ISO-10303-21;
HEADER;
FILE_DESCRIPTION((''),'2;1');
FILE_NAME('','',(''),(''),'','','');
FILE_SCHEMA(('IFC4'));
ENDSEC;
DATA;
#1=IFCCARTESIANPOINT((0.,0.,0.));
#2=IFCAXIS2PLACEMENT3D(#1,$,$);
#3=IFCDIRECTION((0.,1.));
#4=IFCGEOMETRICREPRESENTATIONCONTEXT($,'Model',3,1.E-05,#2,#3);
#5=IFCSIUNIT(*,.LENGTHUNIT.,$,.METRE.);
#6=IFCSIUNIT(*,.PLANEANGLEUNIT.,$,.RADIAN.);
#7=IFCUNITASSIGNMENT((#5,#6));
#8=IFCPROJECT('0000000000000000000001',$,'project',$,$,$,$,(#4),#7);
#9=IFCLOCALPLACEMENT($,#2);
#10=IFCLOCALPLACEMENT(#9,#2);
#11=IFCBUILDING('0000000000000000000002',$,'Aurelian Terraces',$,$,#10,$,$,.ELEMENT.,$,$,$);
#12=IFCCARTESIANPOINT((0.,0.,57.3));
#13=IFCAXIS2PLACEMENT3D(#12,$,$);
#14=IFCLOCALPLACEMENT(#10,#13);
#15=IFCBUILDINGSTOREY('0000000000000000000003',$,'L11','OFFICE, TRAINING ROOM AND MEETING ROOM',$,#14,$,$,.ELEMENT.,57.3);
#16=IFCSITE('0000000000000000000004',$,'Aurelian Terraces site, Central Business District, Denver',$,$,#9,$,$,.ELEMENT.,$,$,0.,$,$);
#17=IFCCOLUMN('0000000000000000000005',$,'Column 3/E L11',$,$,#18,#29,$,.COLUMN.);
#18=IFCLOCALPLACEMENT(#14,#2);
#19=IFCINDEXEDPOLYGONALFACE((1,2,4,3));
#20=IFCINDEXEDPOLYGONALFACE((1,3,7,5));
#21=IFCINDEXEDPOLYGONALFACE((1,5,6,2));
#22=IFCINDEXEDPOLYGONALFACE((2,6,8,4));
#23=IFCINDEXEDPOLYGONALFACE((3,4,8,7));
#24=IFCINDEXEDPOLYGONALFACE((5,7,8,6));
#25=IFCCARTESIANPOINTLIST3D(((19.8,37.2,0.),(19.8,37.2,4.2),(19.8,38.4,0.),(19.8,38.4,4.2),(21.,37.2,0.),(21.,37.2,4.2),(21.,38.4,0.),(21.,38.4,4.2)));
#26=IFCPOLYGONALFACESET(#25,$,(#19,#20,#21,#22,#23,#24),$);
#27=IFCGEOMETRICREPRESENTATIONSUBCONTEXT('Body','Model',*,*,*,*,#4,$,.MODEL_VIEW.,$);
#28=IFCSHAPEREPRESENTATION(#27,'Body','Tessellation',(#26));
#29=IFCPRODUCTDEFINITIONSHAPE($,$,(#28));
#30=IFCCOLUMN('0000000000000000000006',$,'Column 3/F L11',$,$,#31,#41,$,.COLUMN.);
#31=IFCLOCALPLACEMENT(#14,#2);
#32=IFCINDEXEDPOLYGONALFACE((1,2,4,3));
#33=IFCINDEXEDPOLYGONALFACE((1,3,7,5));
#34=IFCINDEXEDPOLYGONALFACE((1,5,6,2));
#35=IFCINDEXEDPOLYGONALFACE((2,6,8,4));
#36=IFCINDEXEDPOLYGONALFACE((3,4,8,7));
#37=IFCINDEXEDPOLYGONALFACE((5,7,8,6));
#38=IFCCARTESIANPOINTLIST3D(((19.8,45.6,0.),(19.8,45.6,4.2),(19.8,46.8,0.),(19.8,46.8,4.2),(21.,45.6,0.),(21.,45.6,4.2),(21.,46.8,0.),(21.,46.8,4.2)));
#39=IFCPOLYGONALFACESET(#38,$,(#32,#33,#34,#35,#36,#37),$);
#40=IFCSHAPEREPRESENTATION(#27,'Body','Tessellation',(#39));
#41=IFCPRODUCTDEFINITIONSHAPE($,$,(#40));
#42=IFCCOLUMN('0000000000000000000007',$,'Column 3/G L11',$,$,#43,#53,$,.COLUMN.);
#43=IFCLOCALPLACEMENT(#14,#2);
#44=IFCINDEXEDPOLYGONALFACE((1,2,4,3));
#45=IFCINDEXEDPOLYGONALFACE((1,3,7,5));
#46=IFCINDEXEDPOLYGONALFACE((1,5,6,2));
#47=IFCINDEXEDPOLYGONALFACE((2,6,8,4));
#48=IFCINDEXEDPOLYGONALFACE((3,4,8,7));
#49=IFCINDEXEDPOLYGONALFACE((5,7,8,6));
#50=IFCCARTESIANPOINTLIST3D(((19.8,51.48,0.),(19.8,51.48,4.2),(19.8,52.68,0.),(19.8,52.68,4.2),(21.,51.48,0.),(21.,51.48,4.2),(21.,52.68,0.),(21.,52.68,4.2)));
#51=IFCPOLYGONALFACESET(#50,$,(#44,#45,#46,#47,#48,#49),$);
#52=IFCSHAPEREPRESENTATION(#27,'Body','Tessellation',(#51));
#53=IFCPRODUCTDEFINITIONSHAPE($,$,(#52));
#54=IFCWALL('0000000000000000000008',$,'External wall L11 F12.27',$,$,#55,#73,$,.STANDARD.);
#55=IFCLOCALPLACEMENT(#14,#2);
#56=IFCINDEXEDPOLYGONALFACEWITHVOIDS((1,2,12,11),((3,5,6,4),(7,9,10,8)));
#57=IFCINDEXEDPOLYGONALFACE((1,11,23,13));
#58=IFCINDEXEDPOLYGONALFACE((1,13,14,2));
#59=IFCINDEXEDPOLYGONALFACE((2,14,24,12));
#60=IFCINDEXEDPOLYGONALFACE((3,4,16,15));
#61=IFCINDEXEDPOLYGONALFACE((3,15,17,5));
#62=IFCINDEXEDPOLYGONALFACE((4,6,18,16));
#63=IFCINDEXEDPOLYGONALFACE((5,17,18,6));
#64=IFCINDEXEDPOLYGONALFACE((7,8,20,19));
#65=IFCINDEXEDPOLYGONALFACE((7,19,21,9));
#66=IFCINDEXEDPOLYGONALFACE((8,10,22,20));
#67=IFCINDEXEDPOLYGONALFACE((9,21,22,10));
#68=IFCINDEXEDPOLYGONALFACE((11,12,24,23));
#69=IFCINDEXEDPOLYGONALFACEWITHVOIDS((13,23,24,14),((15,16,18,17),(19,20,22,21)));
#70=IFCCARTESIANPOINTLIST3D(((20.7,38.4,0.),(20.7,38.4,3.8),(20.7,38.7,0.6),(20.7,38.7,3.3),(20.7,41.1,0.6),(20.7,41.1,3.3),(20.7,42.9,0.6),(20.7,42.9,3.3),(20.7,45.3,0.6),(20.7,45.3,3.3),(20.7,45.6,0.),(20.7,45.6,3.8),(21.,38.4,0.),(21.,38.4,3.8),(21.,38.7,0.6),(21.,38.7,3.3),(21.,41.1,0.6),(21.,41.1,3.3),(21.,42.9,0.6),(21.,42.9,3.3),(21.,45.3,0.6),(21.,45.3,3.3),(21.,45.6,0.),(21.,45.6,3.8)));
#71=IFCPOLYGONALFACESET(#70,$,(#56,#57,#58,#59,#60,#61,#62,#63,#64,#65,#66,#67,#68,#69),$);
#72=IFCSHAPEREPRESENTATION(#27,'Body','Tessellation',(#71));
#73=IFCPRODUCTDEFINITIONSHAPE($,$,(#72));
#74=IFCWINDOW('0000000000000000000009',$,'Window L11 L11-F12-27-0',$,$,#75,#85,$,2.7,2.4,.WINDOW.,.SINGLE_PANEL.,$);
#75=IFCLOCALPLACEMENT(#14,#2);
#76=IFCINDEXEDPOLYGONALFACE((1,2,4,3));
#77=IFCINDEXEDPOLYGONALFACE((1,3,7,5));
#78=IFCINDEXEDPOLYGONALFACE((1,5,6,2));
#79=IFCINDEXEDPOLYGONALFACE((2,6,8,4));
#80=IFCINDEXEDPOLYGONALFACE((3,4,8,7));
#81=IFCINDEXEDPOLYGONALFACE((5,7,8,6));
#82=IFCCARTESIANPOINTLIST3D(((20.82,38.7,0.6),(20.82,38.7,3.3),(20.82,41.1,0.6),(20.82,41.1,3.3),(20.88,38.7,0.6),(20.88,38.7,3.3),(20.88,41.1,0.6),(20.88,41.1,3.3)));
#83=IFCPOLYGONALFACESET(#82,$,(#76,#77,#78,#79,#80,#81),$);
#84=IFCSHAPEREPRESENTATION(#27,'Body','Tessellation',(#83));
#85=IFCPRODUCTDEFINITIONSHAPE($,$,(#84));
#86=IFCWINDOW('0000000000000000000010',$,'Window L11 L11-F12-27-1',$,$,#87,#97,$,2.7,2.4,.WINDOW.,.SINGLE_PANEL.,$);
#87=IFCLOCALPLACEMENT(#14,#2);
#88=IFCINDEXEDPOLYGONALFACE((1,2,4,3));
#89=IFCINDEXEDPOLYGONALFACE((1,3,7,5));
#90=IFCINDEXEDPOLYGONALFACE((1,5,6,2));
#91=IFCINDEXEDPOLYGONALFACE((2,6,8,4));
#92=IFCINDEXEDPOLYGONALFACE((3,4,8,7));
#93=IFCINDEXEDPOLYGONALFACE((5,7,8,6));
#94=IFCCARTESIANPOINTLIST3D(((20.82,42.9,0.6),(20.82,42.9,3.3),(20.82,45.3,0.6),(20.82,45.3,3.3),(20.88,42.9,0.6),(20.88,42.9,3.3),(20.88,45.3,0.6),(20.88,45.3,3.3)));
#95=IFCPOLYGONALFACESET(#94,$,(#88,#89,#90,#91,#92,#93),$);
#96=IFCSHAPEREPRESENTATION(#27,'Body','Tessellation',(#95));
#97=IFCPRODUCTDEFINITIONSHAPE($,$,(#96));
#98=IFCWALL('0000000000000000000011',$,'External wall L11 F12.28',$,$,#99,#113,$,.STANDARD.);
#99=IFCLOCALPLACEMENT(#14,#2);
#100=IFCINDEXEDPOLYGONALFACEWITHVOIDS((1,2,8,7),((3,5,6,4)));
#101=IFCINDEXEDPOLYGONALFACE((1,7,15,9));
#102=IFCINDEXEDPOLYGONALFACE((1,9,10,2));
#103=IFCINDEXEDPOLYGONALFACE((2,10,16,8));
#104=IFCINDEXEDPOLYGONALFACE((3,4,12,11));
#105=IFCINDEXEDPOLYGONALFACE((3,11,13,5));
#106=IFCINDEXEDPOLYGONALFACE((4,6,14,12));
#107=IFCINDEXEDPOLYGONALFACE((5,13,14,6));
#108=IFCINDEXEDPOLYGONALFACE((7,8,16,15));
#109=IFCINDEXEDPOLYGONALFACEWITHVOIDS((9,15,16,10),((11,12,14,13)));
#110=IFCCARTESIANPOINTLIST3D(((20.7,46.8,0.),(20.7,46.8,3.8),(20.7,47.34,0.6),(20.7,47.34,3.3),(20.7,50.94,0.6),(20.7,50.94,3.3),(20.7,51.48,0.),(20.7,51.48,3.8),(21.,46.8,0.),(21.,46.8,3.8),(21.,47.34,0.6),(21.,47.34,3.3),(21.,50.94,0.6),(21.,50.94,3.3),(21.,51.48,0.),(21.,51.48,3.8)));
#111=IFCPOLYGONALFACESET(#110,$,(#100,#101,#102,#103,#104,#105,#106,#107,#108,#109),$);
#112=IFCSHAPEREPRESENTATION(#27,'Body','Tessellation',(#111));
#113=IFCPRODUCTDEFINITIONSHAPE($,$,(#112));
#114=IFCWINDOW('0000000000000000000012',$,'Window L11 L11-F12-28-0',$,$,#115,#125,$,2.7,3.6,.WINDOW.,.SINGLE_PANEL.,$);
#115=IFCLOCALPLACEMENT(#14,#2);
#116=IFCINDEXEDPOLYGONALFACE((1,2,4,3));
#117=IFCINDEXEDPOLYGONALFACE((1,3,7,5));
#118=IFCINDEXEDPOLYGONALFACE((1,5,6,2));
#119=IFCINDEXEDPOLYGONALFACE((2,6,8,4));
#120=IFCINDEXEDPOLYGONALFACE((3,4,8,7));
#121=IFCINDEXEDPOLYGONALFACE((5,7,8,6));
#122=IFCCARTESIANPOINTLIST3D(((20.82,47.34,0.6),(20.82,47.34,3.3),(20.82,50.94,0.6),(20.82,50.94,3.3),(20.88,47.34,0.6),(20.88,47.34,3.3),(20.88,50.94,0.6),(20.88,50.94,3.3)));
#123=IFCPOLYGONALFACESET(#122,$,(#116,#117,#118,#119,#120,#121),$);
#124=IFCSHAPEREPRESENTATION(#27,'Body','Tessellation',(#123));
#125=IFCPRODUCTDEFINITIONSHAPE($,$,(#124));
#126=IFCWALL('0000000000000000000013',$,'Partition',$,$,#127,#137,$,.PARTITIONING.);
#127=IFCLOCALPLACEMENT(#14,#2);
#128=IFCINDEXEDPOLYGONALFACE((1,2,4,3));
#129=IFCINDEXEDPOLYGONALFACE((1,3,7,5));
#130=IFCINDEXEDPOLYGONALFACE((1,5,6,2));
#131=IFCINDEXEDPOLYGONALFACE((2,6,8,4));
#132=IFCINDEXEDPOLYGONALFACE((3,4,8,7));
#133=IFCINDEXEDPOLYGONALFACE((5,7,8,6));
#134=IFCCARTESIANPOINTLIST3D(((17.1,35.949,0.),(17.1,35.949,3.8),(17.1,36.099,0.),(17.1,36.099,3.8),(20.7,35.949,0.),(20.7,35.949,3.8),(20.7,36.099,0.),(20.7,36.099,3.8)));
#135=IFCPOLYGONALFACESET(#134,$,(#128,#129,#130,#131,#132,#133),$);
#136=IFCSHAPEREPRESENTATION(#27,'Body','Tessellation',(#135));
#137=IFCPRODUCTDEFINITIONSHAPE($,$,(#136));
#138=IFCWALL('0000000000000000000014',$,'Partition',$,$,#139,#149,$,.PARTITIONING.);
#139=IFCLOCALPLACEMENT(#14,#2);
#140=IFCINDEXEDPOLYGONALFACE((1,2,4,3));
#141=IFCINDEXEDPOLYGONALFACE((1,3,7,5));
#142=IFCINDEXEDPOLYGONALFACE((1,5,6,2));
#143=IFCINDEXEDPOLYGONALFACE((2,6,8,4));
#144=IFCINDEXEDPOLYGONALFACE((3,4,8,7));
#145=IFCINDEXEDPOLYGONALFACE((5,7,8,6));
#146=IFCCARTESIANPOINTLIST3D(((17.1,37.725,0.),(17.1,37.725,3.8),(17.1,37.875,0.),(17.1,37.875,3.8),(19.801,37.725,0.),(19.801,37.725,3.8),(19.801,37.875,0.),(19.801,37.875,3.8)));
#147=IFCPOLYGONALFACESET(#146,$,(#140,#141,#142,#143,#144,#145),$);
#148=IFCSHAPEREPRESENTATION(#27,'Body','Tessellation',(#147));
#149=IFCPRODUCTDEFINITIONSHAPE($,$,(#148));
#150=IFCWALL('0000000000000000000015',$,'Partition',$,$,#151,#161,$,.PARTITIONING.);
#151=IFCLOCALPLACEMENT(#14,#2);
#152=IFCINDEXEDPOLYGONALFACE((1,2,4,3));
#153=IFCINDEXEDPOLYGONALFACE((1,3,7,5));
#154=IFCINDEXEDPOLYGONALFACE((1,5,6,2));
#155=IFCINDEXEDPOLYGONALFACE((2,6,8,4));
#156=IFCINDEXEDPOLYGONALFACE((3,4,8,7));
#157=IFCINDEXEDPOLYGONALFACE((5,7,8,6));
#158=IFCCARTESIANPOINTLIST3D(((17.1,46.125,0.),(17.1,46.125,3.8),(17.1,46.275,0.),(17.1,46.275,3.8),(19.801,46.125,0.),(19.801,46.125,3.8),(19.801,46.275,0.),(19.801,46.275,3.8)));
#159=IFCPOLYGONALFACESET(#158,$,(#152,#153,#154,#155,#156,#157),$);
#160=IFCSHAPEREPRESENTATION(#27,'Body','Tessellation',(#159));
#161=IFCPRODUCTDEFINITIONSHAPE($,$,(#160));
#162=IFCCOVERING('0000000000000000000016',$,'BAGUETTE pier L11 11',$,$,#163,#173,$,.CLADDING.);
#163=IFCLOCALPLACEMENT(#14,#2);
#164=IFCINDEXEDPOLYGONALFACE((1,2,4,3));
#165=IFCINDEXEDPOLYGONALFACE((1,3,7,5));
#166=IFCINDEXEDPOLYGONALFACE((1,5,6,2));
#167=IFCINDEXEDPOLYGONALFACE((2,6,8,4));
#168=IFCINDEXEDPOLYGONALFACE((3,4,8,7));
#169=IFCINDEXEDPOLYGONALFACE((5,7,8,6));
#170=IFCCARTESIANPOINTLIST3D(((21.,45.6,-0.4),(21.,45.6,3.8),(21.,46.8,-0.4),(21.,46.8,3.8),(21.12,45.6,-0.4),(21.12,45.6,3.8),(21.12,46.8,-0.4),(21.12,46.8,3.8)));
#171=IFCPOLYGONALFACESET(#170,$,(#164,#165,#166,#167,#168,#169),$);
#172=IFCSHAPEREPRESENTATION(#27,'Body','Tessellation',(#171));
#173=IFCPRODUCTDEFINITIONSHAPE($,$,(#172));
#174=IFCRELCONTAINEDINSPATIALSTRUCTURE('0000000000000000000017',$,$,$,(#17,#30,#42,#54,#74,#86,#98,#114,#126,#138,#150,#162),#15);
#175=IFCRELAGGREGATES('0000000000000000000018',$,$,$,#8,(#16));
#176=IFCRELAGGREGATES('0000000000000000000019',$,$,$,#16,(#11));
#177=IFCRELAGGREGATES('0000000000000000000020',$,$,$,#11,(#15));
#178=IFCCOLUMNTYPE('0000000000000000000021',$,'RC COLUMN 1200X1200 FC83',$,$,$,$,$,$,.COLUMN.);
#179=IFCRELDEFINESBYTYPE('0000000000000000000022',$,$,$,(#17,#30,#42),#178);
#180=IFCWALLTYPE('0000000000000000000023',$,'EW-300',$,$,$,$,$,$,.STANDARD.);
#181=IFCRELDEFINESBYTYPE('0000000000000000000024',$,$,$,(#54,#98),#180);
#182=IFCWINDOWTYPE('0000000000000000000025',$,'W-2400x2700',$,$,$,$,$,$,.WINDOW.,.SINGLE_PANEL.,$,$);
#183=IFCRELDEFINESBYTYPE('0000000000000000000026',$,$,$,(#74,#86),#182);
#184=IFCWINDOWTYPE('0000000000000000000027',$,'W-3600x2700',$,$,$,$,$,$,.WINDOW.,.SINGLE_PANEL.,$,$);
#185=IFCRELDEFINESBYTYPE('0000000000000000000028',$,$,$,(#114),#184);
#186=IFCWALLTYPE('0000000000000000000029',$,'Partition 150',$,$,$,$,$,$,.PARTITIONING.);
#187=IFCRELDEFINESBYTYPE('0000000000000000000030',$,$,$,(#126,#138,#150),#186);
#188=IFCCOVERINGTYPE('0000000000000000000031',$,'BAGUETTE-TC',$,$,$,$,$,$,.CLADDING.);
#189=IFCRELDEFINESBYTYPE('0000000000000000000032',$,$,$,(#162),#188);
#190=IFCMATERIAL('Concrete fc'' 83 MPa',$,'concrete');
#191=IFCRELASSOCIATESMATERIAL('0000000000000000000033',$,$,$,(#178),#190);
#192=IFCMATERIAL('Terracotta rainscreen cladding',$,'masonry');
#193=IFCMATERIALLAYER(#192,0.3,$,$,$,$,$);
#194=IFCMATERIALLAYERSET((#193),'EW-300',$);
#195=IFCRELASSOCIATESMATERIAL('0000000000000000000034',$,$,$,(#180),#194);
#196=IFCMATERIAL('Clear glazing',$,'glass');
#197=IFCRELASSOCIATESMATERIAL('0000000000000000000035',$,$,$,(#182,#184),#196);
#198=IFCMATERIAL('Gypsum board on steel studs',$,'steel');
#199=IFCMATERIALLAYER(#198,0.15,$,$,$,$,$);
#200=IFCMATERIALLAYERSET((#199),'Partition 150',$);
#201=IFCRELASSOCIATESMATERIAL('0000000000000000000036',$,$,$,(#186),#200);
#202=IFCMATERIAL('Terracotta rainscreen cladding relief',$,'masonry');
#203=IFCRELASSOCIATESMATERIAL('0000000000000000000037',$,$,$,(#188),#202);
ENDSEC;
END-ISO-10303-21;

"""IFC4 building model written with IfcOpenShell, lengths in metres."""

from ifc_helpers import new_model, si_unit, direction, frame, frame_2d, origin, origin_2d, place, context, subcontext, project, spatial, rectangle, extrude, source, transform, mapped, material, layer, layer_set, material_profile, profile_set, type_object, element, fill, save


model = new_model("IFC4")

# Units and contexts
model_context = context("Model", 3, precision=1e-05, world=origin(), true_north=direction((0.0, 1.0)))
body_context = subcontext(model_context, "Body", "Model", "MODEL_VIEW")
ifc_project = project(units=[si_unit("LENGTHUNIT", "METRE"), si_unit("PLANEANGLEUNIT", "RADIAN")], contexts=[model_context])

# Site, building, storey
site_placement = place(None, origin())
site = spatial("IfcSite", under=ifc_project, at=site_placement, Name="Aurelian Terraces site, Central Business District, Denver", CompositionType="ELEMENT", RefElevation=0.0)
building_placement = place(site_placement, origin())
building = spatial("IfcBuilding", under=site, at=building_placement, Name="Aurelian Terraces", CompositionType="ELEMENT")
storey_placement = place(building_placement, frame((0.0, 0.0, 57.3)))
storey = spatial("IfcBuildingStorey", under=building, at=storey_placement, Name="L11", Description="OFFICE, TRAINING ROOM AND MEETING ROOM", CompositionType="ELEMENT", Elevation=57.3)

# Columns
ifc_material_1 = material(Name="Concrete fc' 83 MPa", Category="concrete")
ifc_material_profile = material_profile(ifc_material_1, rectangle(XDim=1.2, YDim=1.2, at=origin_2d()))
ifc_profile_set = profile_set([ifc_material_profile], Name="Concrete fc' 83 MPa")
column_type = type_object("IfcColumnType", Name="RC COLUMN 1200X1200 FC83", PredefinedType="COLUMN", material=ifc_profile_set)
shared_shape_1 = source(origin(), body_context, "Body", "SweptSolid", [
    extrude(rectangle(XDim=1.2, YDim=1.2, at=origin_2d()), origin(), (0.0, 0.0, 1.0), 4.2),
])
for number, where, z_axis, x_axis, name in (
    (1, (20.4, 37.8, 0.0), (0.0, 0.0, 1.0), (1.0, 0.0, 0.0), "Column 3/E L11"),
    (2, (20.4, 46.2, 0.0), (0.0, 0.0, 1.0), (1.0, 0.0, 0.0), "Column 3/F L11"),
    (3, (20.4, 52.08, 0.0), (0.0, 0.0, 1.0), (1.0, 0.0, 0.0), "Column 3/G L11"),
):
    element("IfcColumn", number, at=place(storey_placement, frame(where, z_axis=z_axis, x_axis=x_axis)), inside=storey, type_object=column_type, Name=name, PredefinedType="COLUMN", context=body_context, shape_type="MappedRepresentation", body=[
        mapped(shared_shape_1, transform((0.0, 0.0, 0.0), scale=1.0)),
    ])

# Wall, openings, windows
ifc_material_2 = material(Name="Terracotta rainscreen cladding", Category="masonry")
ifc_layer_1 = layer(ifc_material_2, 0.3)
ifc_layer_set_1 = layer_set([ifc_layer_1], Name="EW-300")
wall_type_1 = type_object("IfcWallType", Name="EW-300", PredefinedType="STANDARD", material=ifc_layer_set_1)
shared_shape_2 = source(origin(), body_context, "Body", "SweptSolid", [
    extrude(rectangle(XDim=7.2, YDim=0.3, at=frame_2d((3.6, 0.0))), origin(), (0.0, 0.0, 1.0), 3.8),
])
wall_1_placement = place(storey_placement, frame((20.85, 38.4, 0.0), z_axis=(0.0, 0.0, 1.0), x_axis=(0.0, 1.0, 0.0)))
wall_1 = element("IfcWall", 4, at=wall_1_placement, inside=storey, type_object=wall_type_1, Name="External wall L11 F12.27", PredefinedType="STANDARD", context=body_context, shape_type="MappedRepresentation", body=[
    mapped(shared_shape_2, transform((0.0, 0.0, 0.0), scale=1.0)),
])
shared_shape_3 = source(origin(), body_context, "Body", "SweptSolid", [
    extrude(rectangle(XDim=2.4, YDim=2.7, at=frame_2d((1.2, 1.35))), frame((0.0, 0.16, 0.0), z_axis=(0.0, -1.0, 0.0), x_axis=(1.0, 0.0, 0.0)), (0.0, 0.0, 1.0), 0.32),
])
opening_1_placement = place(wall_1_placement, frame((0.3, 0.0, 0.6)))
opening_1 = element("IfcOpeningElement", 5, at=opening_1_placement, cuts=wall_1, PredefinedType="OPENING", context=body_context, shape_type="MappedRepresentation", body=[
    mapped(shared_shape_3, transform((0.0, 0.0, 0.0), scale=1.0)),
])
opening_2_placement = place(wall_1_placement, frame((4.5, 0.0, 0.6)))
opening_2 = element("IfcOpeningElement", 6, at=opening_2_placement, cuts=wall_1, PredefinedType="OPENING", context=body_context, shape_type="MappedRepresentation", body=[
    mapped(shared_shape_3, transform((0.0, 0.0, 0.0), scale=1.0)),
])
ifc_material_3 = material(Name="Clear glazing", Category="glass")
window_type_1 = type_object("IfcWindowType", Name="W-2400x2700", PartitioningType="SINGLE_PANEL", PredefinedType="WINDOW", material=ifc_material_3)
shared_shape_4 = source(origin(), body_context, "Body", "SweptSolid", [
    extrude(rectangle(XDim=2.4, YDim=2.7, at=frame_2d((1.2, 1.35))), frame((0.0, 0.03, 0.0), z_axis=(0.0, -1.0, 0.0), x_axis=(1.0, 0.0, 0.0)), (0.0, 0.0, 1.0), 0.06),
])
window_1_placement = place(opening_1_placement, origin())
window_1 = element("IfcWindow", 7, at=window_1_placement, inside=storey, type_object=window_type_1, Name="Window L11 L11-F12-27-0", OverallHeight=2.7, OverallWidth=2.4, PartitioningType="SINGLE_PANEL", PredefinedType="WINDOW", context=body_context, shape_type="MappedRepresentation", body=[
    mapped(shared_shape_4, transform((0.0, 0.0, 0.0), scale=1.0)),
])
fill(opening_1, window_1)
window_2_placement = place(opening_2_placement, origin())
window_2 = element("IfcWindow", 8, at=window_2_placement, inside=storey, type_object=window_type_1, Name="Window L11 L11-F12-27-1", OverallHeight=2.7, OverallWidth=2.4, PartitioningType="SINGLE_PANEL", PredefinedType="WINDOW", context=body_context, shape_type="MappedRepresentation", body=[
    mapped(shared_shape_4, transform((0.0, 0.0, 0.0), scale=1.0)),
])
fill(opening_2, window_2)

# Wall, opening, window
shared_shape_5 = source(origin(), body_context, "Body", "SweptSolid", [
    extrude(rectangle(XDim=4.68, YDim=0.3, at=frame_2d((2.34, 0.0))), origin(), (0.0, 0.0, 1.0), 3.8),
])
wall_2_placement = place(storey_placement, frame((20.85, 46.8, 0.0), z_axis=(0.0, 0.0, 1.0), x_axis=(0.0, 1.0, 0.0)))
wall_2 = element("IfcWall", 9, at=wall_2_placement, inside=storey, type_object=wall_type_1, Name="External wall L11 F12.28", PredefinedType="STANDARD", context=body_context, shape_type="MappedRepresentation", body=[
    mapped(shared_shape_5, transform((0.0, 0.0, 0.0), scale=1.0)),
])
shared_shape_6 = source(origin(), body_context, "Body", "SweptSolid", [
    extrude(rectangle(XDim=3.6, YDim=2.7, at=frame_2d((1.8, 1.35))), frame((0.0, 0.16, 0.0), z_axis=(0.0, -1.0, 0.0), x_axis=(1.0, 0.0, 0.0)), (0.0, 0.0, 1.0), 0.32),
])
opening_3_placement = place(wall_2_placement, frame((0.54, 0.0, 0.6)))
opening_3 = element("IfcOpeningElement", 10, at=opening_3_placement, cuts=wall_2, PredefinedType="OPENING", context=body_context, shape_type="MappedRepresentation", body=[
    mapped(shared_shape_6, transform((0.0, 0.0, 0.0), scale=1.0)),
])
window_type_2 = type_object("IfcWindowType", Name="W-3600x2700", PartitioningType="SINGLE_PANEL", PredefinedType="WINDOW", material=ifc_material_3)
shared_shape_7 = source(origin(), body_context, "Body", "SweptSolid", [
    extrude(rectangle(XDim=3.6, YDim=2.7, at=frame_2d((1.8, 1.35))), frame((0.0, 0.03, 0.0), z_axis=(0.0, -1.0, 0.0), x_axis=(1.0, 0.0, 0.0)), (0.0, 0.0, 1.0), 0.06),
])
window_3_placement = place(opening_3_placement, origin())
window_3 = element("IfcWindow", 11, at=window_3_placement, inside=storey, type_object=window_type_2, Name="Window L11 L11-F12-28-0", OverallHeight=2.7, OverallWidth=3.6, PartitioningType="SINGLE_PANEL", PredefinedType="WINDOW", context=body_context, shape_type="MappedRepresentation", body=[
    mapped(shared_shape_7, transform((0.0, 0.0, 0.0), scale=1.0)),
])
fill(opening_3, window_3)

# Walls
ifc_material_4 = material(Name="Gypsum board on steel studs", Category="steel")
ifc_layer_2 = layer(ifc_material_4, 0.15)
ifc_layer_set_2 = layer_set([ifc_layer_2], Name="Partition 150")
wall_type_2 = type_object("IfcWallType", Name="Partition 150", PredefinedType="PARTITIONING", material=ifc_layer_set_2)
shared_shape_8 = source(origin(), body_context, "Body", "SweptSolid", [
    extrude(rectangle(XDim=3.6, YDim=0.15, at=frame_2d((1.8, 0.0))), origin(), (0.0, 0.0, 1.0), 3.8),
])
wall_3_placement = place(storey_placement, frame((17.1, 36.024, 0.0), z_axis=(0.0, 0.0, 1.0), x_axis=(1.0, 0.0, 0.0)))
element("IfcWall", 12, at=wall_3_placement, inside=storey, type_object=wall_type_2, Name="Partition", PredefinedType="PARTITIONING", context=body_context, shape_type="MappedRepresentation", body=[
    mapped(shared_shape_8, transform((0.0, 0.0, 0.0), scale=1.0)),
])
shared_shape_9 = source(origin(), body_context, "Body", "SweptSolid", [
    extrude(rectangle(XDim=2.701, YDim=0.15, at=frame_2d((1.3505, 0.0))), origin(), (0.0, 0.0, 1.0), 3.8),
])
for number, where, z_axis, x_axis, name in (
    (13, (19.801, 37.8, 0.0), (0.0, 0.0, 1.0), (-1.0, 0.0, 0.0), "Partition"),
    (14, (19.801, 46.2, 0.0), (0.0, 0.0, 1.0), (-1.0, 0.0, 0.0), "Partition"),
):
    element("IfcWall", number, at=place(storey_placement, frame(where, z_axis=z_axis, x_axis=x_axis)), inside=storey, type_object=wall_type_2, Name=name, PredefinedType="PARTITIONING", context=body_context, shape_type="MappedRepresentation", body=[
        mapped(shared_shape_9, transform((0.0, 0.0, 0.0), scale=1.0)),
    ])

# Covering
ifc_material_5 = material(Name="Terracotta rainscreen cladding relief", Category="masonry")
covering_type = type_object("IfcCoveringType", Name="BAGUETTE-TC", PredefinedType="CLADDING", material=ifc_material_5)
shared_shape_10 = source(origin(), body_context, "Body", "SweptSolid", [
    extrude(rectangle(XDim=0.12, YDim=1.2, at=origin_2d()), origin(), (0.0, 0.0, 1.0), 4.2),
])
covering_placement = place(storey_placement, frame((21.06, 46.2, -0.4), z_axis=(0.0, 0.0, 1.0), x_axis=(1.0, 0.0, 0.0)))
element("IfcCovering", 15, at=covering_placement, inside=storey, type_object=covering_type, Name="BAGUETTE pier L11 11", PredefinedType="CLADDING", context=body_context, shape_type="MappedRepresentation", body=[
    mapped(shared_shape_10, transform((0.0, 0.0, 0.0), scale=1.0)),
])

save(model, "model.ifc")
